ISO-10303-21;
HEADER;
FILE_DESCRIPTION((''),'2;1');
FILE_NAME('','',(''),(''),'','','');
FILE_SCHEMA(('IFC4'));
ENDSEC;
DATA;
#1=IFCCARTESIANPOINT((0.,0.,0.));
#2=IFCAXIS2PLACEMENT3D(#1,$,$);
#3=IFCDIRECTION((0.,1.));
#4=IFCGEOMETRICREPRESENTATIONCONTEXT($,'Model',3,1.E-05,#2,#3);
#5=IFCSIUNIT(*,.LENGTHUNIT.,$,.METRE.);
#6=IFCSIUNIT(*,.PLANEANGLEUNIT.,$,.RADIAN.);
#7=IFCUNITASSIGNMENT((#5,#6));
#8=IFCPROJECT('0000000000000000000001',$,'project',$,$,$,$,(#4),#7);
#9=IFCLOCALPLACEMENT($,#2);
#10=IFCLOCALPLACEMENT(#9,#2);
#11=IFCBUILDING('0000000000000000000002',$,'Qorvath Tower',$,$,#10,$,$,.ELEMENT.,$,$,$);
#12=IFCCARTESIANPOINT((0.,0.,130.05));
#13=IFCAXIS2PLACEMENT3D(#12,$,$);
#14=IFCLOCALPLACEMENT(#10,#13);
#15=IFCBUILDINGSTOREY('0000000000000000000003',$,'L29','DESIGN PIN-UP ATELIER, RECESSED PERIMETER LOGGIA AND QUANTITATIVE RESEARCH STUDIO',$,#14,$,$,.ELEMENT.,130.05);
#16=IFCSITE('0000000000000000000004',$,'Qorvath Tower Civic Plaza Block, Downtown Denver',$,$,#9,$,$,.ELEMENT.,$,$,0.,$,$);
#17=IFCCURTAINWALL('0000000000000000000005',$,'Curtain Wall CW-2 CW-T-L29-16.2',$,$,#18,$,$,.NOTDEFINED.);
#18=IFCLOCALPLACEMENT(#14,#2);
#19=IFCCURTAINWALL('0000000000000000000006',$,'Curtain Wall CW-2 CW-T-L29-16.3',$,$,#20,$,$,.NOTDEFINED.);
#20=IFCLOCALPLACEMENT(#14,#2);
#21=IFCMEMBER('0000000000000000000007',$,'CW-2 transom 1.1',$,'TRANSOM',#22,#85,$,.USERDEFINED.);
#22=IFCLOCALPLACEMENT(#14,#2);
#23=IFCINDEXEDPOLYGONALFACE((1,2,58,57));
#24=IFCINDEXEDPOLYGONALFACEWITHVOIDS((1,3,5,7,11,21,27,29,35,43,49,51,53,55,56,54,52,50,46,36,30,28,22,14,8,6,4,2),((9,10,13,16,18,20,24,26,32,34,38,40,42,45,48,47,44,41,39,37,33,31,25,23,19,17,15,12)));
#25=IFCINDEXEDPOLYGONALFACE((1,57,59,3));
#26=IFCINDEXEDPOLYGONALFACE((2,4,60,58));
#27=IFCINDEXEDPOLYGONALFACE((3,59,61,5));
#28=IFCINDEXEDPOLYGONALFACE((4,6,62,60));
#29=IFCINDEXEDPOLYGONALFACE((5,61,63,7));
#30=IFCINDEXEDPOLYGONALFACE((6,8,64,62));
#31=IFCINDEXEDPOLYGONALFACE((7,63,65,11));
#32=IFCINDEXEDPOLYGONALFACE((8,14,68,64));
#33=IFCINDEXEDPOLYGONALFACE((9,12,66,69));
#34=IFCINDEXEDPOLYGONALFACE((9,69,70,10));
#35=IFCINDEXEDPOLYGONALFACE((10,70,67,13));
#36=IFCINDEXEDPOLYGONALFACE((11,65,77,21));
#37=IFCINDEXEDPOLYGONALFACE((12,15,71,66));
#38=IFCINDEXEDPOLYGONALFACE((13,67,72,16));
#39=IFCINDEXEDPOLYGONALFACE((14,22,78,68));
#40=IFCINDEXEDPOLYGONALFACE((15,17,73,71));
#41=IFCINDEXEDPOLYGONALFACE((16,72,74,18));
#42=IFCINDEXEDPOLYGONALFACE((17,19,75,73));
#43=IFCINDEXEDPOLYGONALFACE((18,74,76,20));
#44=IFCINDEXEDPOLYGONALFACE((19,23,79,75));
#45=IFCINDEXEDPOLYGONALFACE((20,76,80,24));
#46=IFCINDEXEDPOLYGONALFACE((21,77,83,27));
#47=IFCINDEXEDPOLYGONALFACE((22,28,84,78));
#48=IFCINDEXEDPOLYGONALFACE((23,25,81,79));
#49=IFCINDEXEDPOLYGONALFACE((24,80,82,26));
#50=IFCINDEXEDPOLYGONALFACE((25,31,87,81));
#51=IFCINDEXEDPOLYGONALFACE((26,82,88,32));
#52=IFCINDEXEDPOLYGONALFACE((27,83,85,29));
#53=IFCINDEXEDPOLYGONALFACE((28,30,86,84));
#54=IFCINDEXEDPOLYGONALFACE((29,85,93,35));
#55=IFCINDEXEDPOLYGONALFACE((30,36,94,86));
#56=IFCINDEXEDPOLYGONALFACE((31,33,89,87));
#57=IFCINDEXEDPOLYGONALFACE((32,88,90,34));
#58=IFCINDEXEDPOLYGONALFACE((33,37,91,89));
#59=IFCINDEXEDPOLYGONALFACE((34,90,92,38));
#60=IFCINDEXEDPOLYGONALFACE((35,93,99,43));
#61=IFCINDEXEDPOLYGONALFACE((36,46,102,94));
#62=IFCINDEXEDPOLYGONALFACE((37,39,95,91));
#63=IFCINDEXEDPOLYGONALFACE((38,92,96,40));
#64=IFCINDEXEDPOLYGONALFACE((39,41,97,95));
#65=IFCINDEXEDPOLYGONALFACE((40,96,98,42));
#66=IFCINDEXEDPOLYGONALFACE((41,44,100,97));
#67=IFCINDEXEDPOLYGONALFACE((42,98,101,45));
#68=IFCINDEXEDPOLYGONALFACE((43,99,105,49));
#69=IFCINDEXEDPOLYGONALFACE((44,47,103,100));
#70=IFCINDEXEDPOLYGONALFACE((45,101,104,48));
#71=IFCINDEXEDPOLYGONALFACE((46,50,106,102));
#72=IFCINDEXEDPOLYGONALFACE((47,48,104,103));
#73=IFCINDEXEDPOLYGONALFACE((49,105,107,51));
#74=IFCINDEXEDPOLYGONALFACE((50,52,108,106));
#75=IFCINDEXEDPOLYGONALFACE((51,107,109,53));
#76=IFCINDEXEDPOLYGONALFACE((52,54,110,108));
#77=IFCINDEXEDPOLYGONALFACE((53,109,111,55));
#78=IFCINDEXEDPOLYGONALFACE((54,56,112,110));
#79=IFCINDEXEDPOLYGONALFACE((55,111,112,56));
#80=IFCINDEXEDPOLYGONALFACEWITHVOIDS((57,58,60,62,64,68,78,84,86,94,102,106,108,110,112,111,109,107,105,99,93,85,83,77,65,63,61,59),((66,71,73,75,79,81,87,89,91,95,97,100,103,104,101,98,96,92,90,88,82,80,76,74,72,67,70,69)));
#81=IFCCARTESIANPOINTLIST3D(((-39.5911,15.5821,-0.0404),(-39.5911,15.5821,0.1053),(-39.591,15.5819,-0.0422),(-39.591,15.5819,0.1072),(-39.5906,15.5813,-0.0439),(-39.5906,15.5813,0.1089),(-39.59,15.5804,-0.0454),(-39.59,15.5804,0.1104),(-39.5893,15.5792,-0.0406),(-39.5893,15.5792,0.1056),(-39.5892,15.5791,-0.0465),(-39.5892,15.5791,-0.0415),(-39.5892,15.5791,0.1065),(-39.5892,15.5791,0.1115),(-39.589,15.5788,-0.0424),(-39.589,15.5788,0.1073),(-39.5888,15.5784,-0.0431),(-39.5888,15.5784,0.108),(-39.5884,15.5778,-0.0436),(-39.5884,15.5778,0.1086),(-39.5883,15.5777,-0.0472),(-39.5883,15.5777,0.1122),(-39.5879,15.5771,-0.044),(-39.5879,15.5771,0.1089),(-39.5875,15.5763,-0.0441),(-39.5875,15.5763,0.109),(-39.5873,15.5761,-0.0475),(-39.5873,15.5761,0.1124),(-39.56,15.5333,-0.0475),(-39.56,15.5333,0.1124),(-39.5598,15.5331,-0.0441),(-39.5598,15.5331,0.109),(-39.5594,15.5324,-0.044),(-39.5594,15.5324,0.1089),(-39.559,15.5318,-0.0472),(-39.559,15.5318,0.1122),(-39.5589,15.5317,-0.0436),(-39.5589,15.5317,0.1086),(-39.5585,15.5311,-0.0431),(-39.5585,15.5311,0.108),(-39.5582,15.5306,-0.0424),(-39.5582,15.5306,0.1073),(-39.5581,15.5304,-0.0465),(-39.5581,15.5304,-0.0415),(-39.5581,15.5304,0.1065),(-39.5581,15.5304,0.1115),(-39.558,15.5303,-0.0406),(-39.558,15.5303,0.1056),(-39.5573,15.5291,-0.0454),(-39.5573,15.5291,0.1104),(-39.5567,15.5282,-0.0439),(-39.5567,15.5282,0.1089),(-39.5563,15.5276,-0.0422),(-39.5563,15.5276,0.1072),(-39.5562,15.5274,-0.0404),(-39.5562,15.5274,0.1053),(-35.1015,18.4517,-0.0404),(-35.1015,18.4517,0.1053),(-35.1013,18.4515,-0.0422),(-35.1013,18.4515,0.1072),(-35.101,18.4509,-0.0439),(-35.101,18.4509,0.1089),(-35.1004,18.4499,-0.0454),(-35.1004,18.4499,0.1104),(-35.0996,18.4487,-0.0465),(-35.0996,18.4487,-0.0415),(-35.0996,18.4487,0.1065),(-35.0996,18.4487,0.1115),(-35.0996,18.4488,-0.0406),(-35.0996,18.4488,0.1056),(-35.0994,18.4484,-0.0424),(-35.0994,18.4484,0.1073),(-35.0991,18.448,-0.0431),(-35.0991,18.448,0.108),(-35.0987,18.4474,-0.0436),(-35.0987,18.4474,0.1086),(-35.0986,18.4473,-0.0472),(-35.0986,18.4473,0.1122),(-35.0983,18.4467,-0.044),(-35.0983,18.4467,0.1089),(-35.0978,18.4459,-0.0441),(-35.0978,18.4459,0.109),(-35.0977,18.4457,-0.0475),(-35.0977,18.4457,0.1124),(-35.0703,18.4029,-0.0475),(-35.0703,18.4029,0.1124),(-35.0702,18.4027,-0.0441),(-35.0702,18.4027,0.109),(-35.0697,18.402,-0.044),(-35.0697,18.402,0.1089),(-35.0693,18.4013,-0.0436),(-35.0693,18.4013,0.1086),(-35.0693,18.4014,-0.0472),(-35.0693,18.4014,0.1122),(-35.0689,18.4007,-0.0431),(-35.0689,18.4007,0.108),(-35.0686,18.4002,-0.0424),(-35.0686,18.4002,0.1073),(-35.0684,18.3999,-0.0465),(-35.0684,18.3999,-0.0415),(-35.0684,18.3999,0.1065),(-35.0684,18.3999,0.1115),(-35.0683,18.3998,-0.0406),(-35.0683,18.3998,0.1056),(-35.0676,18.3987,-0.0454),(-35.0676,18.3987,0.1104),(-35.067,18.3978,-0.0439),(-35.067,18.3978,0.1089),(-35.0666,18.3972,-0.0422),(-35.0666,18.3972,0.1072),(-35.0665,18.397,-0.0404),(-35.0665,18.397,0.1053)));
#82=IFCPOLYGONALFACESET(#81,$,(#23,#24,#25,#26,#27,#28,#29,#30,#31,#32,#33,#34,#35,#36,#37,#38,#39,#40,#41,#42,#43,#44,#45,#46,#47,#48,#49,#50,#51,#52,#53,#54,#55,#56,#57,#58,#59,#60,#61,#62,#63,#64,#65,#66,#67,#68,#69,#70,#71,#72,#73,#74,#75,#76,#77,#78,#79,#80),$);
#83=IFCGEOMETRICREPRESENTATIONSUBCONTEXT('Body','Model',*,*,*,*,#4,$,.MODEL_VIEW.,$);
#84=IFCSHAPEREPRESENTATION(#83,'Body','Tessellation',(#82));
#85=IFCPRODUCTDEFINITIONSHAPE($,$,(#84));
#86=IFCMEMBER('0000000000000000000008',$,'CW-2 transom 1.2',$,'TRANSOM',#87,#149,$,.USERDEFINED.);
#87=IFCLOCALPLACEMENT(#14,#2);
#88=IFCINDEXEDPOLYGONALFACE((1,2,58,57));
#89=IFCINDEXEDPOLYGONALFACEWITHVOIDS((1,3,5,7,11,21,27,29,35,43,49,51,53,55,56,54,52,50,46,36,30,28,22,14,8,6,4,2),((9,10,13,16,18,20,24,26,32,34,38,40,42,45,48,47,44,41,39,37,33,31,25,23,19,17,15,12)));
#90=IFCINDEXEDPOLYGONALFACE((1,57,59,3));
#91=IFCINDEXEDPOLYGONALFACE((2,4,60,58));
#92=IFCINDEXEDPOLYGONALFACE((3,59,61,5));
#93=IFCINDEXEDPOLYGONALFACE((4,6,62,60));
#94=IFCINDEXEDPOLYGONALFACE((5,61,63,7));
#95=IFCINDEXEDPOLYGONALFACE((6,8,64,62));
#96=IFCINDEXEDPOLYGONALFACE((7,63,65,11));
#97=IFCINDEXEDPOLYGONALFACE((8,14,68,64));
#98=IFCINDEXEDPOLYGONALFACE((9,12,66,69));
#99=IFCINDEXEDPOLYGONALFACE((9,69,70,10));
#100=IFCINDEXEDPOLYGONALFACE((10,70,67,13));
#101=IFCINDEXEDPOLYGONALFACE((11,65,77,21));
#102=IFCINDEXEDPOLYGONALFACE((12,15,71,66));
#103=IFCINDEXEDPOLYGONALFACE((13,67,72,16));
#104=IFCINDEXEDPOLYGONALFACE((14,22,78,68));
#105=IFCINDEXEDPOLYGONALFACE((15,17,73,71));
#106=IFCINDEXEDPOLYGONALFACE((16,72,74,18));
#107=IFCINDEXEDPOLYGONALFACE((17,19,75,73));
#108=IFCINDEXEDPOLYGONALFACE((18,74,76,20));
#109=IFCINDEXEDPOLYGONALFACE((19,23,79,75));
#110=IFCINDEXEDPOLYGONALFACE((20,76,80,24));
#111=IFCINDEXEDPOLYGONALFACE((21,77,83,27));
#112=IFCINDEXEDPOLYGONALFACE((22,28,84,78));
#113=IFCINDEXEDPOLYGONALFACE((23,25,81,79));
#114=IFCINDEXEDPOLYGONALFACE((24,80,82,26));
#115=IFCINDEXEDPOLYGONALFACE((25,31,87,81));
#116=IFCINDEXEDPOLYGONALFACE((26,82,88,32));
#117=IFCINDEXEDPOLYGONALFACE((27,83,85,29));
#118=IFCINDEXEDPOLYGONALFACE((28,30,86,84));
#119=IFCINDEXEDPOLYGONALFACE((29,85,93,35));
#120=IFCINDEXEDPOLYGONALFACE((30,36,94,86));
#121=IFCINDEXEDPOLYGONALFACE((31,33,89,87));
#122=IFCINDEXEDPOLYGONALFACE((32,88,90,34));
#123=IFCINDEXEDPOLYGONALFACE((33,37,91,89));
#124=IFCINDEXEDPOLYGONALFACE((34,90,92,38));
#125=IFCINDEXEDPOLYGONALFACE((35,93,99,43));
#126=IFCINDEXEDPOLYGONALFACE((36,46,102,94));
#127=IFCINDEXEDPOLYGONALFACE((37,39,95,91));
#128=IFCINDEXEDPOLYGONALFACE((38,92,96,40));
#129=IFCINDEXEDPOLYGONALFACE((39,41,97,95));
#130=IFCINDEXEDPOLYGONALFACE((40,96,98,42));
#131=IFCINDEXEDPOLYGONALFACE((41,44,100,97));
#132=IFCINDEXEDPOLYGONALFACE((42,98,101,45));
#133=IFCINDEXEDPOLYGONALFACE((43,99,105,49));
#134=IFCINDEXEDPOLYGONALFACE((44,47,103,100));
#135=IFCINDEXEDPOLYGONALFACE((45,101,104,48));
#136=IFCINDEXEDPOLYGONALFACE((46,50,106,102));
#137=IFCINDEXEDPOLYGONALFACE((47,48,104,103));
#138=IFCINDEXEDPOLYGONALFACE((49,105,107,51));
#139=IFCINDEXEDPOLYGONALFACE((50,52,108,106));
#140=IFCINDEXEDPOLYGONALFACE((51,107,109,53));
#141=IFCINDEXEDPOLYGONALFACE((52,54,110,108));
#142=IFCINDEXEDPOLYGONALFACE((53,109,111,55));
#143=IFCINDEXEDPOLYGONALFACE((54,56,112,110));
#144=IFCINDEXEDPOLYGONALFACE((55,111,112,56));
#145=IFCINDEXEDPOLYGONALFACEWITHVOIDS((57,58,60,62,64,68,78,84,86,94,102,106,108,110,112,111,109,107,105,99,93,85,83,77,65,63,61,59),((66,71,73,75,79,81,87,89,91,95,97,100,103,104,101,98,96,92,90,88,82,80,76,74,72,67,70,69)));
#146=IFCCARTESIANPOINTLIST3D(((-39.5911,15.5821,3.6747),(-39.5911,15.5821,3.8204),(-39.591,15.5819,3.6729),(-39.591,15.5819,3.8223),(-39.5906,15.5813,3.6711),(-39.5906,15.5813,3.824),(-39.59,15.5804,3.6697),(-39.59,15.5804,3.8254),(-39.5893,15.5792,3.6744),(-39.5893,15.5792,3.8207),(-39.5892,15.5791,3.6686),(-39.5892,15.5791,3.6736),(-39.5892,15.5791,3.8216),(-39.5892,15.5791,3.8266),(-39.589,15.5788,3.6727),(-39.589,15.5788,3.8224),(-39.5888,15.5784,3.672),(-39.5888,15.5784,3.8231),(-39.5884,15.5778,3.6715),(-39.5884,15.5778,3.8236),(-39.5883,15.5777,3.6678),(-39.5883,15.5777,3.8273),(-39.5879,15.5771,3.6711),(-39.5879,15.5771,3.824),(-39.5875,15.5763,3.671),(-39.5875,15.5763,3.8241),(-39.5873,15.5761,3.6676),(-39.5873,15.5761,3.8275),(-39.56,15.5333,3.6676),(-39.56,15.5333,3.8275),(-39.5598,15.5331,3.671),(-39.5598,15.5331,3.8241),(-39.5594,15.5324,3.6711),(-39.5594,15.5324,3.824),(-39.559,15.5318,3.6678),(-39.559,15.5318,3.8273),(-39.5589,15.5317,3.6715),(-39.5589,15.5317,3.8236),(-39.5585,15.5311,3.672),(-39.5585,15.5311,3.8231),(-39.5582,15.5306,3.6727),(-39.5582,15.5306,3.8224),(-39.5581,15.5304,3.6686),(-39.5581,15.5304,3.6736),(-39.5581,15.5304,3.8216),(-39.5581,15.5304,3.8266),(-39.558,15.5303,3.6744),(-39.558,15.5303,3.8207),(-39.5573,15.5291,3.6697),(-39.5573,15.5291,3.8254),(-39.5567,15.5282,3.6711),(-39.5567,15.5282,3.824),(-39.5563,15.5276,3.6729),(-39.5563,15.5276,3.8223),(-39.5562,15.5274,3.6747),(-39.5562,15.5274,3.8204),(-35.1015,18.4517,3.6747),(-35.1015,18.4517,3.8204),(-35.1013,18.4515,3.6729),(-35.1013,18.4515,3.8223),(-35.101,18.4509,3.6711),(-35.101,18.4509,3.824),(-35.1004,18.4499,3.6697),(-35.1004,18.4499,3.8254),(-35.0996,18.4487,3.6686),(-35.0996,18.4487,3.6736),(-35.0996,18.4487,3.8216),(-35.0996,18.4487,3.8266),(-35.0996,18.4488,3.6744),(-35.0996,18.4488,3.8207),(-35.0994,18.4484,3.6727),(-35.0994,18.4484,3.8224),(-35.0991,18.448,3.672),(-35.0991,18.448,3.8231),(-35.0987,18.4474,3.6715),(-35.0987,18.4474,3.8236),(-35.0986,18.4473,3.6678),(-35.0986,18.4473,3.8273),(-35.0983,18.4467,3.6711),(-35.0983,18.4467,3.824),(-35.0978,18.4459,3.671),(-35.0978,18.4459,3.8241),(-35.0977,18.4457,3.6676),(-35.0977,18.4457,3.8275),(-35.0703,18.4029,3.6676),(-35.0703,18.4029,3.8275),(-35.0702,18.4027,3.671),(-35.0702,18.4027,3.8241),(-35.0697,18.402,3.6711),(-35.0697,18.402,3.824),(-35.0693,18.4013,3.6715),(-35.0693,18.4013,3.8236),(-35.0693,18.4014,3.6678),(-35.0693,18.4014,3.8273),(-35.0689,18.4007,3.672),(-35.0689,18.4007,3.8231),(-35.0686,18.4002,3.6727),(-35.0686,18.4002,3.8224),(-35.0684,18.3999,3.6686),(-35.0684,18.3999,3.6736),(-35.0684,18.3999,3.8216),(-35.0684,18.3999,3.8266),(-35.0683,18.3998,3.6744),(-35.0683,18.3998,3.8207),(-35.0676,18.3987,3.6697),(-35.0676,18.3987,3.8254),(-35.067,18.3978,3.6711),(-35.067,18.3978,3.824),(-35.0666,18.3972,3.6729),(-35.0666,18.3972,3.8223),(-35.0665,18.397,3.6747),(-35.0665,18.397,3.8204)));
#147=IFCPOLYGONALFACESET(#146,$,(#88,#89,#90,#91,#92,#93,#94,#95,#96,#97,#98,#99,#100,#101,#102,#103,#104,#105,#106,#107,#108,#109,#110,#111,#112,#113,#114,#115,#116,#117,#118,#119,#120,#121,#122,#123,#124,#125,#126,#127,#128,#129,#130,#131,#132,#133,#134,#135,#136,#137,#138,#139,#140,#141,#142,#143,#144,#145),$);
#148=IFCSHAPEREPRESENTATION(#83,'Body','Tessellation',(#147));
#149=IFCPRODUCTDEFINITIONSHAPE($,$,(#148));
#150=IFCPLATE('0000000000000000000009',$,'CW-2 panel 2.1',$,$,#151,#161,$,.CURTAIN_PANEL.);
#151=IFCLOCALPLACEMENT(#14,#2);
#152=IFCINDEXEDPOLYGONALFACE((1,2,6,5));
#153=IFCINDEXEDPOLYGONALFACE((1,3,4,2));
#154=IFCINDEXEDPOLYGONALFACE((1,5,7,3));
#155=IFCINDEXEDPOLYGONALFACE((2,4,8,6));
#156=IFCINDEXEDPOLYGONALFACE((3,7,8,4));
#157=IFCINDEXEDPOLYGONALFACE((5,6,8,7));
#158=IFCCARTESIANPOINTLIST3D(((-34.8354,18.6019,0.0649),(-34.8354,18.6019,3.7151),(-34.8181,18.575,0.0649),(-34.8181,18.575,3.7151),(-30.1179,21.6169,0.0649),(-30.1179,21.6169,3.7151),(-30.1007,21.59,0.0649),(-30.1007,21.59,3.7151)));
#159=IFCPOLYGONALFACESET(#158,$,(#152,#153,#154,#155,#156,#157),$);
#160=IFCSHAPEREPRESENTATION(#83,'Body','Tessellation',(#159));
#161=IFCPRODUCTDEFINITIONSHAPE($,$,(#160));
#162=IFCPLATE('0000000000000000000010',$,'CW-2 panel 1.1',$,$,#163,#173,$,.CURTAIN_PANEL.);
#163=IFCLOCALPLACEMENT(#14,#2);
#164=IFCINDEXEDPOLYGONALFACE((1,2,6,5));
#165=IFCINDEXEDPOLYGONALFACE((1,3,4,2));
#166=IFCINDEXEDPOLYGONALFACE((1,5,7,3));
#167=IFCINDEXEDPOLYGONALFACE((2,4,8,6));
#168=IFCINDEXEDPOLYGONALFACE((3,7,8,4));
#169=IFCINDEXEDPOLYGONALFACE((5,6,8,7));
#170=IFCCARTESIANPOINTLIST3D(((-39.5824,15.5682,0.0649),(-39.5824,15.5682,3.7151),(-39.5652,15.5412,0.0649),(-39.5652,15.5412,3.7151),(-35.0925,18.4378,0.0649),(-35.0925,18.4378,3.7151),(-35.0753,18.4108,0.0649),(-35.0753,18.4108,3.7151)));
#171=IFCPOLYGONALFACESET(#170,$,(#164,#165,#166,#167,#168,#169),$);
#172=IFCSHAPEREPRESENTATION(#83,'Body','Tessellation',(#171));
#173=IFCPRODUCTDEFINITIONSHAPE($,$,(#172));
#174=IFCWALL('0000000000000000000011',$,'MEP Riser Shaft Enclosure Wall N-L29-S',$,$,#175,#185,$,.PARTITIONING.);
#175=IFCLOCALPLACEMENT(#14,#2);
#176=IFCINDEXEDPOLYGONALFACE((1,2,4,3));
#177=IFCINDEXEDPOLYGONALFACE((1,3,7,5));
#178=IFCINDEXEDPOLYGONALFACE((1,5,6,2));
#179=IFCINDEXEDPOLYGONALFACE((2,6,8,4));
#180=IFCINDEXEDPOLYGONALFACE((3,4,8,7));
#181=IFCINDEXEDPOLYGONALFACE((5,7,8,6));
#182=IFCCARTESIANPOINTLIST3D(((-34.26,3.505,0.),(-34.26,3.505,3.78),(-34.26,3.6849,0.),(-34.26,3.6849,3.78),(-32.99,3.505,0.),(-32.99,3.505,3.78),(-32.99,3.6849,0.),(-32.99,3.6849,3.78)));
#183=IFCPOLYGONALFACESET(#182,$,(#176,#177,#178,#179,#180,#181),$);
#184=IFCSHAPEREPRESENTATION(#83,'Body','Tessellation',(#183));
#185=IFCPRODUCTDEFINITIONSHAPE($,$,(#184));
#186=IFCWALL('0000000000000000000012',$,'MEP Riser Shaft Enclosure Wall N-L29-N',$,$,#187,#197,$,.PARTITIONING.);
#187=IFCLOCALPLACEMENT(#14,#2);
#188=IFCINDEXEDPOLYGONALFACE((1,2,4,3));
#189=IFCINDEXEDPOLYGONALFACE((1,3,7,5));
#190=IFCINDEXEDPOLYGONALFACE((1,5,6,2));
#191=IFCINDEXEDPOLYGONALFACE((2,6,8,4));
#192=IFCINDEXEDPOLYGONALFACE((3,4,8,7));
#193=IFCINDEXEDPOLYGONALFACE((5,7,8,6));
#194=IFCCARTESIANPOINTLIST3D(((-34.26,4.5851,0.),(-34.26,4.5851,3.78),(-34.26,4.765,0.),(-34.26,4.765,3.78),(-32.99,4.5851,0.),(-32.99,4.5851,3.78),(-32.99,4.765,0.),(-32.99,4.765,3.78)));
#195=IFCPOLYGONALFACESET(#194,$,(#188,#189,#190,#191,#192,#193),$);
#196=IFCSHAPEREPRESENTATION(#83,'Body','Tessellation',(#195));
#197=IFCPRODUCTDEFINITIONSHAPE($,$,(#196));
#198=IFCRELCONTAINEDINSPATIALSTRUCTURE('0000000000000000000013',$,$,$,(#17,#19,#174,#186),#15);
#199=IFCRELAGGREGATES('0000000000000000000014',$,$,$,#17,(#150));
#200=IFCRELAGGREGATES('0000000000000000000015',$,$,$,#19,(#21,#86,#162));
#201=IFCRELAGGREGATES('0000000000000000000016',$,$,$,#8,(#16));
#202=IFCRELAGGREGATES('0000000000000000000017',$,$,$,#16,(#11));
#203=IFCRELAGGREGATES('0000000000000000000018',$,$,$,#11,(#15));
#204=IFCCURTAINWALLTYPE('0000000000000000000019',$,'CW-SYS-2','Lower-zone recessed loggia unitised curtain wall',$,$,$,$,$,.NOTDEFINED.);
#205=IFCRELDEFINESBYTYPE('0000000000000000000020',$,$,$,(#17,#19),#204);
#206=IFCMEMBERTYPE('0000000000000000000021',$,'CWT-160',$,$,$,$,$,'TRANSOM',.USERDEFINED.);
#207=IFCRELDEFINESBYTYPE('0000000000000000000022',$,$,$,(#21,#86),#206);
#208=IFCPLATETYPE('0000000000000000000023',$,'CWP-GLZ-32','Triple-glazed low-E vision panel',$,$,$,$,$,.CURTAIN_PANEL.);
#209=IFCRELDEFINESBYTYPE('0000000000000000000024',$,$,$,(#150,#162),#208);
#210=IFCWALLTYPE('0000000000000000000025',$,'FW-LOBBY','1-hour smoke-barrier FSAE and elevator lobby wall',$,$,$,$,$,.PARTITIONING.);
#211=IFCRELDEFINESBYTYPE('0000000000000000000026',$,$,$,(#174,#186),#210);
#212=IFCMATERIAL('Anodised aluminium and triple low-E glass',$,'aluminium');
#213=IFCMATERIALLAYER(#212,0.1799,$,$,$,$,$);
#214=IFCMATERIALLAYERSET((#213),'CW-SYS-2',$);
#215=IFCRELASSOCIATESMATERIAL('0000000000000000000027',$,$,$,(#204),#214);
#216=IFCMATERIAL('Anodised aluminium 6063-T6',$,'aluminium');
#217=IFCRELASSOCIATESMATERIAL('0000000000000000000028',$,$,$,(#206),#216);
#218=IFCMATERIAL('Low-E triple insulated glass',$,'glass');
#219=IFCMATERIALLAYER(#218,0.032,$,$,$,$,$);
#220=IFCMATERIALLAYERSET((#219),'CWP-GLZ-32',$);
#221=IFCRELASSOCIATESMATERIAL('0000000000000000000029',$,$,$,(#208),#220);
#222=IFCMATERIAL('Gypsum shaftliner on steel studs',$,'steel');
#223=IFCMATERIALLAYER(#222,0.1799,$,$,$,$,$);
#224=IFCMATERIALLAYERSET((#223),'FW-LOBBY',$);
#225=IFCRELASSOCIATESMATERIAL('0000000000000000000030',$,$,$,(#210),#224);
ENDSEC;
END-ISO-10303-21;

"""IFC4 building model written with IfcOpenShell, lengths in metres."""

from ifc_helpers import new_model, si_unit, direction, frame, frame_2d, origin, origin_2d, place, context, subcontext, project, spatial, rectangle, hollow_rectangle, extrude, material, layer, layer_set, material_profile, profile_set, type_object, element, aggregate, save


model = new_model("IFC4")

# Units and contexts
model_context = context("Model", 3, precision=1e-05, world=origin(), true_north=direction((0.0, 1.0)))
body_context = subcontext(model_context, "Body", "Model", "MODEL_VIEW")
ifc_project = project(units=[si_unit("LENGTHUNIT", "METRE"), si_unit("PLANEANGLEUNIT", "RADIAN")], contexts=[model_context])

# Site, building, storey
site_placement = place(None, origin())
site = spatial("IfcSite", under=ifc_project, at=site_placement, Name="Qorvath Tower Civic Plaza Block, Downtown Denver", CompositionType="ELEMENT", RefElevation=0.0)
building_placement = place(site_placement, origin())
building = spatial("IfcBuilding", under=site, at=building_placement, Name="Qorvath Tower", CompositionType="ELEMENT")
storey_placement = place(building_placement, frame((0.0, 0.0, 130.05)))
storey = spatial("IfcBuildingStorey", under=building, at=storey_placement, Name="L29", Description="DESIGN PIN-UP ATELIER, RECESSED PERIMETER LOGGIA AND QUANTITATIVE RESEARCH STUDIO", CompositionType="ELEMENT", Elevation=130.05)

# Curtain wall
ifc_material_1 = material(Name="Anodised aluminium and triple low-E glass", Category="aluminium")
ifc_layer_1 = layer(ifc_material_1, 0.1799)
ifc_layer_set_1 = layer_set([ifc_layer_1], Name="CW-SYS-2")
curtain_wall_type = type_object("IfcCurtainWallType", Name="CW-SYS-2", Description="Lower-zone recessed loggia unitised curtain wall", PredefinedType="NOTDEFINED", material=ifc_layer_set_1)
curtain_wall_1_placement = place(storey_placement, origin())
curtain_wall_1 = element("IfcCurtainWall", 1, at=curtain_wall_1_placement, inside=storey, type_object=curtain_wall_type, Name="Curtain Wall CW-2 CW-T-L29-16.2", PredefinedType="NOTDEFINED")

# Curtain wall, members
curtain_wall_2_placement = place(storey_placement, origin())
curtain_wall_2 = element("IfcCurtainWall", 2, at=curtain_wall_2_placement, inside=storey, type_object=curtain_wall_type, Name="Curtain Wall CW-2 CW-T-L29-16.3", PredefinedType="NOTDEFINED")
ifc_material_2 = material(Name="Anodised aluminium 6063-T6", Category="aluminium")
ifc_material_profile_1 = material_profile(ifc_material_2, hollow_rectangle(XDim=0.0649, YDim=0.1599, WallThickness=0.0034, InnerFilletRadius=0.0034, OuterFilletRadius=0.0071, at=origin_2d()), Name="CWT 160x65")
ifc_profile_set_1 = profile_set([ifc_material_profile_1], Name="Anodised aluminium 6063-T6")
member_type_1 = type_object("IfcMemberType", Name="CWT-160", ElementType="TRANSOM", PredefinedType="USERDEFINED", material=ifc_profile_set_1)
member_1_placement = place(storey_placement, frame((-35.084, 18.4243, 0.0325), z_axis=(-0.842596, -0.538547, 0.0), x_axis=(0.538547, -0.842596, 0.0)))
member_1 = element("IfcMember", 3, at=member_1_placement, type_object=member_type_1, Name="CW-2 transom 1.1", ObjectType="TRANSOM", PredefinedType="USERDEFINED", context=body_context, shape_type="SweptSolid", body=[
    extrude(hollow_rectangle(XDim=0.0649, YDim=0.1599, WallThickness=0.0034, InnerFilletRadius=0.0034, OuterFilletRadius=0.0071, at=origin_2d()), origin(), (0.0, 0.0, 1.0), 5.3284),
])
member_2_placement = place(storey_placement, frame((-35.084, 18.4243, 3.7476), z_axis=(-0.842596, -0.538547, 0.0), x_axis=(0.538547, -0.842596, 0.0)))
member_2 = element("IfcMember", 4, at=member_2_placement, type_object=member_type_1, Name="CW-2 transom 1.2", ObjectType="TRANSOM", PredefinedType="USERDEFINED", context=body_context, shape_type="SweptSolid", body=[
    extrude(hollow_rectangle(XDim=0.0649, YDim=0.1599, WallThickness=0.0034, InnerFilletRadius=0.0034, OuterFilletRadius=0.0071, at=origin_2d()), origin(), (0.0, 0.0, 1.0), 5.3284),
])

# Plates
ifc_material_3 = material(Name="Low-E triple insulated glass", Category="glass")
ifc_layer_2 = layer(ifc_material_3, 0.032)
ifc_layer_set_2 = layer_set([ifc_layer_2], Name="CWP-GLZ-32")
plate_type = type_object("IfcPlateType", Name="CWP-GLZ-32", Description="Triple-glazed low-E vision panel", PredefinedType="CURTAIN_PANEL", material=ifc_layer_set_2)
plate_1_placement = place(storey_placement, frame((-32.468, 20.0959, 0.0649), z_axis=(0.0, 0.0, 1.0), x_axis=(-0.842607, -0.53853, 0.0)))
plate_1 = element("IfcPlate", 5, at=plate_1_placement, type_object=plate_type, Name="CW-2 panel 2.1", PredefinedType="CURTAIN_PANEL", context=body_context, shape_type="SweptSolid", body=[
    extrude(rectangle(XDim=5.5986, YDim=0.032, at=origin_2d()), origin(), (0.0, 0.0, 1.0), 3.6501),
])
aggregate(curtain_wall_1, [plate_1])
plate_2_placement = place(storey_placement, frame((-37.3289, 16.9895, 0.0649), z_axis=(0.0, 0.0, 1.0), x_axis=(-0.842604, -0.538534, 0.0)))
plate_2 = element("IfcPlate", 6, at=plate_2_placement, type_object=plate_type, Name="CW-2 panel 1.1", PredefinedType="CURTAIN_PANEL", context=body_context, shape_type="SweptSolid", body=[
    extrude(rectangle(XDim=5.3286, YDim=0.032, at=origin_2d()), origin(), (0.0, 0.0, 1.0), 3.6501),
])
aggregate(curtain_wall_2, [member_1, member_2, plate_2])

# Walls
ifc_material_4 = material(Name="Gypsum shaftliner on steel studs", Category="steel")
ifc_layer_3 = layer(ifc_material_4, 0.1799)
ifc_layer_set_3 = layer_set([ifc_layer_3], Name="FW-LOBBY")
wall_type_1 = type_object("IfcWallType", Name="FW-LOBBY", Description="1-hour smoke-barrier FSAE and elevator lobby wall", PredefinedType="PARTITIONING", material=ifc_layer_set_3)
for number, where, z_axis, x_axis, name in (
    (7, (-32.99, 3.595, 0.0), (0.0, 0.0, 1.0), (-1.0, 0.0, 0.0), "MEP Riser Shaft Enclosure Wall N-L29-S"),
    (8, (-34.26, 4.675, 0.0), (0.0, 0.0, 1.0), (1.0, 0.0, 0.0), "MEP Riser Shaft Enclosure Wall N-L29-N"),
):
    element("IfcWall", number, at=place(storey_placement, frame(where, z_axis=z_axis, x_axis=x_axis)), inside=storey, type_object=wall_type_1, Name=name, PredefinedType="PARTITIONING", context=body_context, shape_type="SweptSolid", body=[
        extrude(rectangle(XDim=1.27, YDim=0.1799, at=frame_2d((0.635, 0.0))), origin(), (0.0, 0.0, 1.0), 3.78),
    ])

save(model, "model.ifc")
